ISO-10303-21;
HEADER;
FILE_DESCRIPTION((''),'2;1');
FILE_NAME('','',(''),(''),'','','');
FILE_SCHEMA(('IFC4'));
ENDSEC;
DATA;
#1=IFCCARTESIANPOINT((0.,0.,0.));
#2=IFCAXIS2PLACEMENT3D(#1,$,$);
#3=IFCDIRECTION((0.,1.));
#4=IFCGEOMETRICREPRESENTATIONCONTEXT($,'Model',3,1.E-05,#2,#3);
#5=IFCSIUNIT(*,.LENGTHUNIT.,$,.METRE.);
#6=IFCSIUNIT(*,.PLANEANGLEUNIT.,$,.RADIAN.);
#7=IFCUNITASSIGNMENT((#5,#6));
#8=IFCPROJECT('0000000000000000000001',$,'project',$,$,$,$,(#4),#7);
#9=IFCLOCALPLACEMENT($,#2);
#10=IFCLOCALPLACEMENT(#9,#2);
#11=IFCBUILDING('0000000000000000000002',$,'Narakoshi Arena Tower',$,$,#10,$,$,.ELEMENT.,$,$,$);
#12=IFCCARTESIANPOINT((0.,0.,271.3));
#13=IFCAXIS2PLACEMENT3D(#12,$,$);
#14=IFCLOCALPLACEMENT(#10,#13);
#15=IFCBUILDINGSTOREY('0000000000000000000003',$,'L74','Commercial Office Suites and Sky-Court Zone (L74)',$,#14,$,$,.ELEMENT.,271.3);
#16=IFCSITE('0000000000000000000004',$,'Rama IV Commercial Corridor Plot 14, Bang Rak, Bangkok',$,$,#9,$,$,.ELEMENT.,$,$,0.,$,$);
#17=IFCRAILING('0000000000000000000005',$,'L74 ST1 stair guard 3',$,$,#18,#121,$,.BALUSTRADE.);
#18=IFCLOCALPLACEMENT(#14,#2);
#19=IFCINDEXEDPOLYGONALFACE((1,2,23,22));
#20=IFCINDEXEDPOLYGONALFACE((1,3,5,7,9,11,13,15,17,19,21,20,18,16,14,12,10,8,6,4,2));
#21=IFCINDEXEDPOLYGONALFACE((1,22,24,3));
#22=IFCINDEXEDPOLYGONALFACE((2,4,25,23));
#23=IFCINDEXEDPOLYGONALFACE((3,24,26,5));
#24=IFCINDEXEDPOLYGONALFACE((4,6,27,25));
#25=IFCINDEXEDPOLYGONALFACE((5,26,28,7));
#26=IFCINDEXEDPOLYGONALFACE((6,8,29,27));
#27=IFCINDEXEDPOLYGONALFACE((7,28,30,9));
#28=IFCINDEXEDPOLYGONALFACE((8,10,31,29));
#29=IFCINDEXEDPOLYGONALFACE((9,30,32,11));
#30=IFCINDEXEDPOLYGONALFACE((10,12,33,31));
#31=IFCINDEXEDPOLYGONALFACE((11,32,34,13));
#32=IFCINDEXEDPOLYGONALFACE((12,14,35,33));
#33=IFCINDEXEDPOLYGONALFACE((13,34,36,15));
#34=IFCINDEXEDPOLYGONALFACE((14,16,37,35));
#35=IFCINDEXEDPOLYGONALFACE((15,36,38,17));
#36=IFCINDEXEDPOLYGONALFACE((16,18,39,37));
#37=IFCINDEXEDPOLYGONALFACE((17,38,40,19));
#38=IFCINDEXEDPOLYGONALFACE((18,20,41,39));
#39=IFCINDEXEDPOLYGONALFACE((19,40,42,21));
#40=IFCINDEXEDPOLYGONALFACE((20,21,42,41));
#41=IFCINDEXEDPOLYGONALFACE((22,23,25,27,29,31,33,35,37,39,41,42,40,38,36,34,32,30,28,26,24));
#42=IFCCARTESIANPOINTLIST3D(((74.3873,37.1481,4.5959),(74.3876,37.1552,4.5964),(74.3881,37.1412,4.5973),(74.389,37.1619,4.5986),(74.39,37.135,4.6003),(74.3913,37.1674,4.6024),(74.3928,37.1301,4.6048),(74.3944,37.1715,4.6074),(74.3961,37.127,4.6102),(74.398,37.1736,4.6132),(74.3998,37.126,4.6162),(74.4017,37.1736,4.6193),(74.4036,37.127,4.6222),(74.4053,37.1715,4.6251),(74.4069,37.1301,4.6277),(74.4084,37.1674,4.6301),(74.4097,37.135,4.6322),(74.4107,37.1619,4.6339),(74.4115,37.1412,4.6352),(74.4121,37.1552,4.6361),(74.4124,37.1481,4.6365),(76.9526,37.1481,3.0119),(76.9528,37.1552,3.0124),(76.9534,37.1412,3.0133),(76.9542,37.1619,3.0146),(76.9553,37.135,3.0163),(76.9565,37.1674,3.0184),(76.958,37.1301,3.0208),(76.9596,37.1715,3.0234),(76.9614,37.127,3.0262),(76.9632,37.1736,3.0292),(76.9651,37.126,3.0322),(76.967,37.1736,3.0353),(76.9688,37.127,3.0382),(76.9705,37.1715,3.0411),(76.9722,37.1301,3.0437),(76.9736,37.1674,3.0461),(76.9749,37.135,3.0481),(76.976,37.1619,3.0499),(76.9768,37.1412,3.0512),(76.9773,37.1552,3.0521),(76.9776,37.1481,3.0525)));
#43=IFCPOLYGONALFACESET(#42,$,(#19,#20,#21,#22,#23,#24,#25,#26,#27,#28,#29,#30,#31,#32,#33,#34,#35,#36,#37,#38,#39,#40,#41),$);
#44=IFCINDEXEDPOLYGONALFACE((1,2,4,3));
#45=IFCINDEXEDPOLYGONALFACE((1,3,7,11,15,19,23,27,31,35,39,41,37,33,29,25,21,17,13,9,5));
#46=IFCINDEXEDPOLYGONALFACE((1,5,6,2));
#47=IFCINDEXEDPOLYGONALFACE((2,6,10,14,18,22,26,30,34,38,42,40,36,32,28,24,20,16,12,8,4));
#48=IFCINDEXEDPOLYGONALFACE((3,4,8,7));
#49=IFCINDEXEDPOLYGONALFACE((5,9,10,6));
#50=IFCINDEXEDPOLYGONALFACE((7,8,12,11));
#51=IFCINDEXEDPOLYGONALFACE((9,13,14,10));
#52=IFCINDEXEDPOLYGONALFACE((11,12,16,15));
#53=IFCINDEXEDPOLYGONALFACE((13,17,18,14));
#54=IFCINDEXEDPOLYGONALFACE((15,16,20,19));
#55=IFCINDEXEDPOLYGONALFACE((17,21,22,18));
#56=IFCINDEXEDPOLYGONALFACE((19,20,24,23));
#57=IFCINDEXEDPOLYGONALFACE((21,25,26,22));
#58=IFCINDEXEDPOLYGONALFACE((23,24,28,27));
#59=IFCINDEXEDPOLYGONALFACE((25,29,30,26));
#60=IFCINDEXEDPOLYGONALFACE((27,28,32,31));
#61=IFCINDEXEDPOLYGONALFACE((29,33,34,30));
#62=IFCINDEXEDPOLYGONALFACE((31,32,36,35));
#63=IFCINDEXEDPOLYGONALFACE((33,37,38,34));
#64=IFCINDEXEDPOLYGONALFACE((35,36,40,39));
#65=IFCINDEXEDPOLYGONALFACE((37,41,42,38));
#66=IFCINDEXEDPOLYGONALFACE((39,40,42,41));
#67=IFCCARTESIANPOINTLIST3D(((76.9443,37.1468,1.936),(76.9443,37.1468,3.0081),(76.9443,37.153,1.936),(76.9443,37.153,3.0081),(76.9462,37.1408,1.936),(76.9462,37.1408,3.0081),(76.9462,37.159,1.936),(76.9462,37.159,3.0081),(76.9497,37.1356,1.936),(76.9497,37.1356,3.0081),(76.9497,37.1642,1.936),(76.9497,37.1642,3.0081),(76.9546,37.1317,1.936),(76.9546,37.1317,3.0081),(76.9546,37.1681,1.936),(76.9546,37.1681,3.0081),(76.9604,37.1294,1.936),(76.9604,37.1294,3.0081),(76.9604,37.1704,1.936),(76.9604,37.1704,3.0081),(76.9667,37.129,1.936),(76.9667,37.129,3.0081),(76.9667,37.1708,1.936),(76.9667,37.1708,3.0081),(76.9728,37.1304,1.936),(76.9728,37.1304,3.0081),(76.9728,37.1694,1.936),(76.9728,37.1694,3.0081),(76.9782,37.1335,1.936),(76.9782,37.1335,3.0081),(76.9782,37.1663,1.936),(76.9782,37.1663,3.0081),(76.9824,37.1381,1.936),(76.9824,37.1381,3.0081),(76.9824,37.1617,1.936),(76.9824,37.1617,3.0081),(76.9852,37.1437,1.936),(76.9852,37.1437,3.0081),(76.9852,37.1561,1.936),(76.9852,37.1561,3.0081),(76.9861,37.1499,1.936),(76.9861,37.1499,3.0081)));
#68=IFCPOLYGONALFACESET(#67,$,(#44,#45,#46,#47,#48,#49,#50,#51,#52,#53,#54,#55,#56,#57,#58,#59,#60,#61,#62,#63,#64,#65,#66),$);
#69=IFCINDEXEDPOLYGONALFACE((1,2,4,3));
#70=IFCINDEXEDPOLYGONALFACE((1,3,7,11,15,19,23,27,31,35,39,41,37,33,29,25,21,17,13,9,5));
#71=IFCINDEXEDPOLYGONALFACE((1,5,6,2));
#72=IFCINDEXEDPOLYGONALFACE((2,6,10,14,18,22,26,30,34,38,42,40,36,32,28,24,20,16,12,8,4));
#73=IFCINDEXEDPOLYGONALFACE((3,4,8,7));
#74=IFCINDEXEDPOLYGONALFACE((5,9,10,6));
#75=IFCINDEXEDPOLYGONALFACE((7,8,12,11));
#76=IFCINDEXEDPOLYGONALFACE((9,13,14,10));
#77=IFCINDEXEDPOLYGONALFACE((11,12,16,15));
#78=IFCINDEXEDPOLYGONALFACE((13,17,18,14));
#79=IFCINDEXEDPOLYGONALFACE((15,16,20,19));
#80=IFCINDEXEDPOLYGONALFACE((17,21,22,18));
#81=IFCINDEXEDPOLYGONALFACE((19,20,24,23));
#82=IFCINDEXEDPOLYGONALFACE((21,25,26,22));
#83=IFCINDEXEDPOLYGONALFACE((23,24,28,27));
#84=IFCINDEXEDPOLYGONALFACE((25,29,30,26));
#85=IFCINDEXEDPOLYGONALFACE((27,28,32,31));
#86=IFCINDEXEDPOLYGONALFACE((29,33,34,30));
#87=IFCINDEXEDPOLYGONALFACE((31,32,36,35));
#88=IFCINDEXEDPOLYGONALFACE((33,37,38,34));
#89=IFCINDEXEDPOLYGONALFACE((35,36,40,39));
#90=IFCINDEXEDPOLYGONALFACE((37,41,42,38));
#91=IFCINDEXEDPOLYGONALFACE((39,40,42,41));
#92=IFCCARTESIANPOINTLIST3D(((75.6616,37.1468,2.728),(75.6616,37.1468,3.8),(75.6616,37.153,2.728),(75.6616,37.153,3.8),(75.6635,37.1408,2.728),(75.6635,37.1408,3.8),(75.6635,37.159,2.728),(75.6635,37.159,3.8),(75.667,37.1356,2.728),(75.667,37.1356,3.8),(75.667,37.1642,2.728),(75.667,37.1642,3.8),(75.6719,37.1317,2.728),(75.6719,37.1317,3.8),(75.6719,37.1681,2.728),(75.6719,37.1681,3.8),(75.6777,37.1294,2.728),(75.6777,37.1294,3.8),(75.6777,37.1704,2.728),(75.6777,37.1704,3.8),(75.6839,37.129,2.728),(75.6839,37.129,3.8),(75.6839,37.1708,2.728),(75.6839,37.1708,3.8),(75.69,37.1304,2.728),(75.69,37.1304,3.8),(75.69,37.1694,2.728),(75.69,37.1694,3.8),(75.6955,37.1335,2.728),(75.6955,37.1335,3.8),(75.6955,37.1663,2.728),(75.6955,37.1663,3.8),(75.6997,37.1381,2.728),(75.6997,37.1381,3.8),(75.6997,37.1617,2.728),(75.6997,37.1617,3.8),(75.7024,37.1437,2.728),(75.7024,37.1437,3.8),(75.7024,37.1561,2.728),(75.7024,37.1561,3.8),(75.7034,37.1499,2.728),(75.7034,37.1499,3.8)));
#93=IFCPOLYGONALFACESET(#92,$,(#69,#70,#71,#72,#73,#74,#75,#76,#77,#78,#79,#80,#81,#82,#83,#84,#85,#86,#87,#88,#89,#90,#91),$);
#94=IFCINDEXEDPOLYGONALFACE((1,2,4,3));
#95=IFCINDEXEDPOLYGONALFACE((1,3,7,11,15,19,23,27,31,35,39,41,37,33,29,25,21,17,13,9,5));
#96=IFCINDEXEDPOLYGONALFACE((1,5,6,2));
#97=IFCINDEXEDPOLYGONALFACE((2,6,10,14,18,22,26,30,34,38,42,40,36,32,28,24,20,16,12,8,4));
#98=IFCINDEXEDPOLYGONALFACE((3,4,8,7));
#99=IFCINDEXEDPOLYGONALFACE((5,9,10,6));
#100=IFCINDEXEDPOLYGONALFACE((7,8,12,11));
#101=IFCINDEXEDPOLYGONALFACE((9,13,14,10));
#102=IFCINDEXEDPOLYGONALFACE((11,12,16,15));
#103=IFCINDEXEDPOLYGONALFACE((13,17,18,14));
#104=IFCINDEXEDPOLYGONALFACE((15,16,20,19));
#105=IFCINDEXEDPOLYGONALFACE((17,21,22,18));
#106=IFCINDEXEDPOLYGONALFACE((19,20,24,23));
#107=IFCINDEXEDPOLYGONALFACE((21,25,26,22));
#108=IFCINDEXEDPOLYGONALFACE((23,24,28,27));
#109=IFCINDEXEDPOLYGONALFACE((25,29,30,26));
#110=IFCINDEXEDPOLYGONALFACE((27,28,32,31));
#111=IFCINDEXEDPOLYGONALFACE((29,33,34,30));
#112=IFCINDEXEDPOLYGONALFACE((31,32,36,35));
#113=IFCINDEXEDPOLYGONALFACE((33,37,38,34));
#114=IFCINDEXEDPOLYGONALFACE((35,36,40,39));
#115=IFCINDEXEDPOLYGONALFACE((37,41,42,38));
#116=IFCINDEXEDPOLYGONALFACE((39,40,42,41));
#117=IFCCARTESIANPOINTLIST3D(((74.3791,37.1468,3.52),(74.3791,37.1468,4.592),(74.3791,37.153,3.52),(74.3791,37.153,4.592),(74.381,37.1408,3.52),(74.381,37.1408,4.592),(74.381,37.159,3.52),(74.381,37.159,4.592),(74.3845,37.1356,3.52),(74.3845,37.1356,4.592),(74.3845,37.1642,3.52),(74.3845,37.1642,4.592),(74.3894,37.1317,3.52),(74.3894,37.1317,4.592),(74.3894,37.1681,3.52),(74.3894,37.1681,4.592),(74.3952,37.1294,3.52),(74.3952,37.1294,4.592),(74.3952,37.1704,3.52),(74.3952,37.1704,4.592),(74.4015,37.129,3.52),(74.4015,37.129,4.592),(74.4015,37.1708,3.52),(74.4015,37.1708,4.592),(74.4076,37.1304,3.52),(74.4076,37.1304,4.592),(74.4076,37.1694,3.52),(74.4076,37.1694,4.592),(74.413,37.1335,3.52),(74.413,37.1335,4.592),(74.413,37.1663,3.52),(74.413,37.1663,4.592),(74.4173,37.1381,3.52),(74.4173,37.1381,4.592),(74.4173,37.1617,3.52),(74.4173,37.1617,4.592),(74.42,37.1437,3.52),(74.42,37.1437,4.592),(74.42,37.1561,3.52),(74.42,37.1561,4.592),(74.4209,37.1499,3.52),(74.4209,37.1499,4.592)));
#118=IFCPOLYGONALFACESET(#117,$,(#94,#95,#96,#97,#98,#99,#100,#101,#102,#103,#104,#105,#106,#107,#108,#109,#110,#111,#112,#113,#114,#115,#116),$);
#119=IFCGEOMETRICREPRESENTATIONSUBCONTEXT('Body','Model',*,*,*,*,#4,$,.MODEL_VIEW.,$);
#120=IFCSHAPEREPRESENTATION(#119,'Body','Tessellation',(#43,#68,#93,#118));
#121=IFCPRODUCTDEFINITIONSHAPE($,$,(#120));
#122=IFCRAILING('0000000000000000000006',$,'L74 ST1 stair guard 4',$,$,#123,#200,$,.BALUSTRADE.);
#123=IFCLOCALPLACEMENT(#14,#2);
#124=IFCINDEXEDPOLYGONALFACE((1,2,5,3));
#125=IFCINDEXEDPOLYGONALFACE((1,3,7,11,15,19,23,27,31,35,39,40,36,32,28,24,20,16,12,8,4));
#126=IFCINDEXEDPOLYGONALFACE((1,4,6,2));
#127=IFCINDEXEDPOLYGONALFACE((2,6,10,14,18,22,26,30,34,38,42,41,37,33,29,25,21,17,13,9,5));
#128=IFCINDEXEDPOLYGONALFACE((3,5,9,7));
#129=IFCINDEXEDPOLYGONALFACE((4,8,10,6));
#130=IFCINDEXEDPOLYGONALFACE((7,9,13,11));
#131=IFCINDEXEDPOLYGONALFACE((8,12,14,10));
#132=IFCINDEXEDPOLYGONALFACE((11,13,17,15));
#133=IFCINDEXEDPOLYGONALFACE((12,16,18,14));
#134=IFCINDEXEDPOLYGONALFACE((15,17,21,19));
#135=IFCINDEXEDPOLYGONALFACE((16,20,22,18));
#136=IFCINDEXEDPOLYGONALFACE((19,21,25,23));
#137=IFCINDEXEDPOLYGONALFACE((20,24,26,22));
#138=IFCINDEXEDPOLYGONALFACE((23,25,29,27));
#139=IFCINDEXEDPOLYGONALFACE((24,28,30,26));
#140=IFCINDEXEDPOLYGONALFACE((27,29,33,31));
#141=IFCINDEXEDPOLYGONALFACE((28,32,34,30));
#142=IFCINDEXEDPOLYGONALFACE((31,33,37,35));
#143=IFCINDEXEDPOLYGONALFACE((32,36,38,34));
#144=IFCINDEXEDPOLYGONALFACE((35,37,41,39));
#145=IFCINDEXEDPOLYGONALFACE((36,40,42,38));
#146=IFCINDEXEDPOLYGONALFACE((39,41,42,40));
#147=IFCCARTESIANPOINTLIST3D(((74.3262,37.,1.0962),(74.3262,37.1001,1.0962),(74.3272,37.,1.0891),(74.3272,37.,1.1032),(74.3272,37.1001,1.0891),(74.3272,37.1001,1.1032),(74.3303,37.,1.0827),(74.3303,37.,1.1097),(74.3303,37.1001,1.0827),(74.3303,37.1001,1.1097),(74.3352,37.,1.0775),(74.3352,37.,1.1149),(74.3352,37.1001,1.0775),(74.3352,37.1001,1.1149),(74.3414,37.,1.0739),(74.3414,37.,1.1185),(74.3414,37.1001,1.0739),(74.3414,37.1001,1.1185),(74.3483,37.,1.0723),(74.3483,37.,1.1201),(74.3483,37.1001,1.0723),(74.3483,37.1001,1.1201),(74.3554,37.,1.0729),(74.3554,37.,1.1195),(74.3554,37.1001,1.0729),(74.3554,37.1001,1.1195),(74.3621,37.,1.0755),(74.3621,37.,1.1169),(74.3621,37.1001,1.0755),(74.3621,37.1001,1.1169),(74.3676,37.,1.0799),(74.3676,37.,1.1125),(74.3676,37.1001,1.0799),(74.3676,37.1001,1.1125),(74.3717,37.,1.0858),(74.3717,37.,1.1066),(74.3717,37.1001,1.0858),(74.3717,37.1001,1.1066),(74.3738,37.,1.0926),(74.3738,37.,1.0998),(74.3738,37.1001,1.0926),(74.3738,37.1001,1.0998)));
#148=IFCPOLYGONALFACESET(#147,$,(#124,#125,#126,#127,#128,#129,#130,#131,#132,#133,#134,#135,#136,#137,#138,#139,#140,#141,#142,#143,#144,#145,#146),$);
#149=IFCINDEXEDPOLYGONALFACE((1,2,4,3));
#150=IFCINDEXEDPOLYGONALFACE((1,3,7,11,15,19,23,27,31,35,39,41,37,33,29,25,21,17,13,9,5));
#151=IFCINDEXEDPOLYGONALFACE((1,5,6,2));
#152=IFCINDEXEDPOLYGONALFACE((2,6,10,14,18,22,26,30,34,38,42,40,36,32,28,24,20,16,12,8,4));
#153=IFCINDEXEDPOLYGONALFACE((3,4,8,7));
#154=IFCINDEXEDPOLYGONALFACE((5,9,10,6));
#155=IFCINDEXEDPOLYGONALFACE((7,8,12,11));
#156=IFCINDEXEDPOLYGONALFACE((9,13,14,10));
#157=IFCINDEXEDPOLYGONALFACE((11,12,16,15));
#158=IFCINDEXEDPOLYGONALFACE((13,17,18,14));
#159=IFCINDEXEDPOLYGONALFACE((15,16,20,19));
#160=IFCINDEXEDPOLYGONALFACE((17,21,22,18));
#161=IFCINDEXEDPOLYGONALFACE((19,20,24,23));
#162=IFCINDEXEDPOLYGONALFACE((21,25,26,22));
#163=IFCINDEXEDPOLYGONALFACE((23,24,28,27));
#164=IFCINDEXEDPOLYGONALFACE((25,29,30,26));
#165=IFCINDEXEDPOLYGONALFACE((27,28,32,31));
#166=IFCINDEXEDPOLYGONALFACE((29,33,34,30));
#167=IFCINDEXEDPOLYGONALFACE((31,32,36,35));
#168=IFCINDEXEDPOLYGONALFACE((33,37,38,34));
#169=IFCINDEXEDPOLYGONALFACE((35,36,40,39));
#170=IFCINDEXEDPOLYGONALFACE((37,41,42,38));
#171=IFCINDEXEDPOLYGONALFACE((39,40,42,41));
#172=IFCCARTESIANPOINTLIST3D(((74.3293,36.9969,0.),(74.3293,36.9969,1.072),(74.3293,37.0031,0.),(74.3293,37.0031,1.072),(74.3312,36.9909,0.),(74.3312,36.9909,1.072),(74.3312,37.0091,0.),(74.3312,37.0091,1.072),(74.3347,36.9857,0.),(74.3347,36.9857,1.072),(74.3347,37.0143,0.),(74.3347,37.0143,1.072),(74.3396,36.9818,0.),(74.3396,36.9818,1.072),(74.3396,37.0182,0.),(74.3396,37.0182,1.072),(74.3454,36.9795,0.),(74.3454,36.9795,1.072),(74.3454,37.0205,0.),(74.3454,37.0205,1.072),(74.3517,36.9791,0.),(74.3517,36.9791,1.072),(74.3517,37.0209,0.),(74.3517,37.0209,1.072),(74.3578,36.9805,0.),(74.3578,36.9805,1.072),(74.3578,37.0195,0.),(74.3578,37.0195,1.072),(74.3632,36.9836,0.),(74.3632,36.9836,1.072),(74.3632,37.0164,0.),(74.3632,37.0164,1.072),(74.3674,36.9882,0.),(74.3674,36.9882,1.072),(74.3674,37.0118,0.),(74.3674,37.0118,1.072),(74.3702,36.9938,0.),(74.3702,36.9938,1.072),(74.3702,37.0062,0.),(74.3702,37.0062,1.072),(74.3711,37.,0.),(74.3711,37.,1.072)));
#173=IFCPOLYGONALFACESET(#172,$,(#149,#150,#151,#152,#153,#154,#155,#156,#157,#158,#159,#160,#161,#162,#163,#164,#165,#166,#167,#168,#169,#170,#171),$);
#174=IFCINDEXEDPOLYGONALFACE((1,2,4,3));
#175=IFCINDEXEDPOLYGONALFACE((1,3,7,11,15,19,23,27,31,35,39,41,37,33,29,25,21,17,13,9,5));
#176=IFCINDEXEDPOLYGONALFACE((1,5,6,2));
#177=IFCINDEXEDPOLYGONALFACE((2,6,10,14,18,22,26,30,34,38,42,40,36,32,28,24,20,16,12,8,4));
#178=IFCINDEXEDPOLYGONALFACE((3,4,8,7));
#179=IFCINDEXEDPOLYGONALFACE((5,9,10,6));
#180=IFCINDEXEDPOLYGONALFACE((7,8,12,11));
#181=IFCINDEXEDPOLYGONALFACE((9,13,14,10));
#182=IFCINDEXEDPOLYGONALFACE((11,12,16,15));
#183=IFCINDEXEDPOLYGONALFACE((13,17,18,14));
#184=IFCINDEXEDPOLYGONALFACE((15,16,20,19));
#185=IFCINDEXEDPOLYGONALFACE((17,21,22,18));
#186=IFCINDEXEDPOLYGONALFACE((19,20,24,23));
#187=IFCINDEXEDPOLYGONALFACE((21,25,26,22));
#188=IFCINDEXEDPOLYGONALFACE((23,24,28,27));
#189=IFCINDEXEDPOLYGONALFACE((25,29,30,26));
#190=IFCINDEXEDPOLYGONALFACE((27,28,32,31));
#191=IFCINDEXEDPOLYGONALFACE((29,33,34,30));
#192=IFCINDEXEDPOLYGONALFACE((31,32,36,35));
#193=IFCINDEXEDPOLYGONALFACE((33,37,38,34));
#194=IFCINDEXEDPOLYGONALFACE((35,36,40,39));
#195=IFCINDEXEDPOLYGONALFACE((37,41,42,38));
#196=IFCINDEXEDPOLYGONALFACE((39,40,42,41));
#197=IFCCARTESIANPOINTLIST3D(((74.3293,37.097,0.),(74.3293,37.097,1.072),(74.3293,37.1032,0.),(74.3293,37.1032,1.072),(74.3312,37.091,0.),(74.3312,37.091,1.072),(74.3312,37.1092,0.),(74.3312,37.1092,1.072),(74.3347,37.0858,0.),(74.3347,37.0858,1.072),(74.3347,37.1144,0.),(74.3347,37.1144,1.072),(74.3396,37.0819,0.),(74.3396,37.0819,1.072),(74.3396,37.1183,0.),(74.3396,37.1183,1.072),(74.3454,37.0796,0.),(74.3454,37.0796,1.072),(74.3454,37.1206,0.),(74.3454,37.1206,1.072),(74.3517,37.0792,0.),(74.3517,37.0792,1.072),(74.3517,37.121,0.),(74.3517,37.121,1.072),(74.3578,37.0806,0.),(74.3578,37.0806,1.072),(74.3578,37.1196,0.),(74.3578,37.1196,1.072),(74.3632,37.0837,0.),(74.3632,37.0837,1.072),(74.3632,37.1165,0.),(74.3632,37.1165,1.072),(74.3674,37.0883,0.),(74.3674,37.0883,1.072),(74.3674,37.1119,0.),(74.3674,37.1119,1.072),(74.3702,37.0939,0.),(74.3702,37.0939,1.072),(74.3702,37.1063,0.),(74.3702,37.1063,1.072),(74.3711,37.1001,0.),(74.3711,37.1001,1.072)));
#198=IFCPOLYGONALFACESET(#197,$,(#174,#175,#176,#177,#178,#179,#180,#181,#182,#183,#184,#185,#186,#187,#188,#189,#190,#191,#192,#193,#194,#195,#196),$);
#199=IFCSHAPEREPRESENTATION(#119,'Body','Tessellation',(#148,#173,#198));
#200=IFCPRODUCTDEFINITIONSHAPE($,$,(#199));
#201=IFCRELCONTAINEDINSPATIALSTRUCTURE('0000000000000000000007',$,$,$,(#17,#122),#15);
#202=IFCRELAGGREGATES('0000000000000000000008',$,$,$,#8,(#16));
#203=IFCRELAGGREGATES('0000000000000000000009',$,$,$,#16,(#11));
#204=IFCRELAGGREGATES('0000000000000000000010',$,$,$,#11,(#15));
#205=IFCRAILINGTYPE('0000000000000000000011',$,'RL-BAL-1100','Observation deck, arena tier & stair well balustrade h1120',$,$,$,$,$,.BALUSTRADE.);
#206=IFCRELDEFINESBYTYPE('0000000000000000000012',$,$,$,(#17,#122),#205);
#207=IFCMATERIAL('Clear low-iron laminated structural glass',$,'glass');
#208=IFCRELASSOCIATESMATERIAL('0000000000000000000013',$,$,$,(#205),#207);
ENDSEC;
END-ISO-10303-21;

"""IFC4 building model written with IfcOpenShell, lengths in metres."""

from ifc_helpers import new_model, si_unit, direction, frame, origin, origin_2d, place, context, subcontext, project, spatial, circle, extrude, material, type_object, element, save


model = new_model("IFC4")

# Units and contexts
model_context = context("Model", 3, precision=1e-05, world=origin(), true_north=direction((0.0, 1.0)))
body_context = subcontext(model_context, "Body", "Model", "MODEL_VIEW")
ifc_project = project(units=[si_unit("LENGTHUNIT", "METRE"), si_unit("PLANEANGLEUNIT", "RADIAN")], contexts=[model_context])

# Site, building, storey
site_placement = place(None, origin())
site = spatial("IfcSite", under=ifc_project, at=site_placement, Name="Rama IV Commercial Corridor Plot 14, Bang Rak, Bangkok", CompositionType="ELEMENT", RefElevation=0.0)
building_placement = place(site_placement, origin())
building = spatial("IfcBuilding", under=site, at=building_placement, Name="Narakoshi Arena Tower", CompositionType="ELEMENT")
storey_placement = place(building_placement, frame((0.0, 0.0, 271.3)))
storey = spatial("IfcBuildingStorey", under=building, at=storey_placement, Name="L74", Description="Commercial Office Suites and Sky-Court Zone (L74)", CompositionType="ELEMENT", Elevation=271.3)

# Railings
ifc_material_1 = material(Name="Clear low-iron laminated structural glass", Category="glass")
railing_type_1 = type_object("IfcRailingType", Name="RL-BAL-1100", Description="Observation deck, arena tier & stair well balustrade h1120", PredefinedType="BALUSTRADE", material=ifc_material_1)
railing_1_placement = place(storey_placement, frame((76.9651, 37.1499, 1.936)))
element("IfcRailing", 1, at=railing_1_placement, inside=storey, type_object=railing_type_1, Name="L74 ST1 stair guard 3", PredefinedType="BALUSTRADE", context=body_context, shape_type="SweptSolid", body=[
    extrude(circle(Radius=0.0239, at=origin_2d()), frame((0.0, 0.0, 1.0962), z_axis=(-0.850857, 0.0, 0.525398), x_axis=(0.0, -1.0, 0.0)), (0.0, 0.0, 1.0), 3.0149),
    extrude(circle(Radius=0.021, at=origin_2d()), origin(), (0.0, 0.0, 1.0), 1.072),
    extrude(circle(Radius=0.021, at=origin_2d()), frame((-1.2827, 0.0, 0.792)), (0.0, 0.0, 1.0), 1.072),
    extrude(circle(Radius=0.021, at=origin_2d()), frame((-2.5652, 0.0, 1.584)), (0.0, 0.0, 1.0), 1.072),
])
railing_2_placement = place(storey_placement, frame((74.3501, 37.0, 0.0)))
element("IfcRailing", 2, at=railing_2_placement, inside=storey, type_object=railing_type_1, Name="L74 ST1 stair guard 4", PredefinedType="BALUSTRADE", context=body_context, shape_type="SweptSolid", body=[
    extrude(circle(Radius=0.0239, at=origin_2d()), frame((0.0, 0.0, 1.0962), z_axis=(0.0, 1.0, 0.0), x_axis=(-1.0, 0.0, 0.0)), (0.0, 0.0, 1.0), 0.1001),
    extrude(circle(Radius=0.021, at=origin_2d()), origin(), (0.0, 0.0, 1.0), 1.072),
    extrude(circle(Radius=0.021, at=origin_2d()), frame((0.0, 0.1001, 0.0)), (0.0, 0.0, 1.0), 1.072),
])

save(model, "model.ifc")
